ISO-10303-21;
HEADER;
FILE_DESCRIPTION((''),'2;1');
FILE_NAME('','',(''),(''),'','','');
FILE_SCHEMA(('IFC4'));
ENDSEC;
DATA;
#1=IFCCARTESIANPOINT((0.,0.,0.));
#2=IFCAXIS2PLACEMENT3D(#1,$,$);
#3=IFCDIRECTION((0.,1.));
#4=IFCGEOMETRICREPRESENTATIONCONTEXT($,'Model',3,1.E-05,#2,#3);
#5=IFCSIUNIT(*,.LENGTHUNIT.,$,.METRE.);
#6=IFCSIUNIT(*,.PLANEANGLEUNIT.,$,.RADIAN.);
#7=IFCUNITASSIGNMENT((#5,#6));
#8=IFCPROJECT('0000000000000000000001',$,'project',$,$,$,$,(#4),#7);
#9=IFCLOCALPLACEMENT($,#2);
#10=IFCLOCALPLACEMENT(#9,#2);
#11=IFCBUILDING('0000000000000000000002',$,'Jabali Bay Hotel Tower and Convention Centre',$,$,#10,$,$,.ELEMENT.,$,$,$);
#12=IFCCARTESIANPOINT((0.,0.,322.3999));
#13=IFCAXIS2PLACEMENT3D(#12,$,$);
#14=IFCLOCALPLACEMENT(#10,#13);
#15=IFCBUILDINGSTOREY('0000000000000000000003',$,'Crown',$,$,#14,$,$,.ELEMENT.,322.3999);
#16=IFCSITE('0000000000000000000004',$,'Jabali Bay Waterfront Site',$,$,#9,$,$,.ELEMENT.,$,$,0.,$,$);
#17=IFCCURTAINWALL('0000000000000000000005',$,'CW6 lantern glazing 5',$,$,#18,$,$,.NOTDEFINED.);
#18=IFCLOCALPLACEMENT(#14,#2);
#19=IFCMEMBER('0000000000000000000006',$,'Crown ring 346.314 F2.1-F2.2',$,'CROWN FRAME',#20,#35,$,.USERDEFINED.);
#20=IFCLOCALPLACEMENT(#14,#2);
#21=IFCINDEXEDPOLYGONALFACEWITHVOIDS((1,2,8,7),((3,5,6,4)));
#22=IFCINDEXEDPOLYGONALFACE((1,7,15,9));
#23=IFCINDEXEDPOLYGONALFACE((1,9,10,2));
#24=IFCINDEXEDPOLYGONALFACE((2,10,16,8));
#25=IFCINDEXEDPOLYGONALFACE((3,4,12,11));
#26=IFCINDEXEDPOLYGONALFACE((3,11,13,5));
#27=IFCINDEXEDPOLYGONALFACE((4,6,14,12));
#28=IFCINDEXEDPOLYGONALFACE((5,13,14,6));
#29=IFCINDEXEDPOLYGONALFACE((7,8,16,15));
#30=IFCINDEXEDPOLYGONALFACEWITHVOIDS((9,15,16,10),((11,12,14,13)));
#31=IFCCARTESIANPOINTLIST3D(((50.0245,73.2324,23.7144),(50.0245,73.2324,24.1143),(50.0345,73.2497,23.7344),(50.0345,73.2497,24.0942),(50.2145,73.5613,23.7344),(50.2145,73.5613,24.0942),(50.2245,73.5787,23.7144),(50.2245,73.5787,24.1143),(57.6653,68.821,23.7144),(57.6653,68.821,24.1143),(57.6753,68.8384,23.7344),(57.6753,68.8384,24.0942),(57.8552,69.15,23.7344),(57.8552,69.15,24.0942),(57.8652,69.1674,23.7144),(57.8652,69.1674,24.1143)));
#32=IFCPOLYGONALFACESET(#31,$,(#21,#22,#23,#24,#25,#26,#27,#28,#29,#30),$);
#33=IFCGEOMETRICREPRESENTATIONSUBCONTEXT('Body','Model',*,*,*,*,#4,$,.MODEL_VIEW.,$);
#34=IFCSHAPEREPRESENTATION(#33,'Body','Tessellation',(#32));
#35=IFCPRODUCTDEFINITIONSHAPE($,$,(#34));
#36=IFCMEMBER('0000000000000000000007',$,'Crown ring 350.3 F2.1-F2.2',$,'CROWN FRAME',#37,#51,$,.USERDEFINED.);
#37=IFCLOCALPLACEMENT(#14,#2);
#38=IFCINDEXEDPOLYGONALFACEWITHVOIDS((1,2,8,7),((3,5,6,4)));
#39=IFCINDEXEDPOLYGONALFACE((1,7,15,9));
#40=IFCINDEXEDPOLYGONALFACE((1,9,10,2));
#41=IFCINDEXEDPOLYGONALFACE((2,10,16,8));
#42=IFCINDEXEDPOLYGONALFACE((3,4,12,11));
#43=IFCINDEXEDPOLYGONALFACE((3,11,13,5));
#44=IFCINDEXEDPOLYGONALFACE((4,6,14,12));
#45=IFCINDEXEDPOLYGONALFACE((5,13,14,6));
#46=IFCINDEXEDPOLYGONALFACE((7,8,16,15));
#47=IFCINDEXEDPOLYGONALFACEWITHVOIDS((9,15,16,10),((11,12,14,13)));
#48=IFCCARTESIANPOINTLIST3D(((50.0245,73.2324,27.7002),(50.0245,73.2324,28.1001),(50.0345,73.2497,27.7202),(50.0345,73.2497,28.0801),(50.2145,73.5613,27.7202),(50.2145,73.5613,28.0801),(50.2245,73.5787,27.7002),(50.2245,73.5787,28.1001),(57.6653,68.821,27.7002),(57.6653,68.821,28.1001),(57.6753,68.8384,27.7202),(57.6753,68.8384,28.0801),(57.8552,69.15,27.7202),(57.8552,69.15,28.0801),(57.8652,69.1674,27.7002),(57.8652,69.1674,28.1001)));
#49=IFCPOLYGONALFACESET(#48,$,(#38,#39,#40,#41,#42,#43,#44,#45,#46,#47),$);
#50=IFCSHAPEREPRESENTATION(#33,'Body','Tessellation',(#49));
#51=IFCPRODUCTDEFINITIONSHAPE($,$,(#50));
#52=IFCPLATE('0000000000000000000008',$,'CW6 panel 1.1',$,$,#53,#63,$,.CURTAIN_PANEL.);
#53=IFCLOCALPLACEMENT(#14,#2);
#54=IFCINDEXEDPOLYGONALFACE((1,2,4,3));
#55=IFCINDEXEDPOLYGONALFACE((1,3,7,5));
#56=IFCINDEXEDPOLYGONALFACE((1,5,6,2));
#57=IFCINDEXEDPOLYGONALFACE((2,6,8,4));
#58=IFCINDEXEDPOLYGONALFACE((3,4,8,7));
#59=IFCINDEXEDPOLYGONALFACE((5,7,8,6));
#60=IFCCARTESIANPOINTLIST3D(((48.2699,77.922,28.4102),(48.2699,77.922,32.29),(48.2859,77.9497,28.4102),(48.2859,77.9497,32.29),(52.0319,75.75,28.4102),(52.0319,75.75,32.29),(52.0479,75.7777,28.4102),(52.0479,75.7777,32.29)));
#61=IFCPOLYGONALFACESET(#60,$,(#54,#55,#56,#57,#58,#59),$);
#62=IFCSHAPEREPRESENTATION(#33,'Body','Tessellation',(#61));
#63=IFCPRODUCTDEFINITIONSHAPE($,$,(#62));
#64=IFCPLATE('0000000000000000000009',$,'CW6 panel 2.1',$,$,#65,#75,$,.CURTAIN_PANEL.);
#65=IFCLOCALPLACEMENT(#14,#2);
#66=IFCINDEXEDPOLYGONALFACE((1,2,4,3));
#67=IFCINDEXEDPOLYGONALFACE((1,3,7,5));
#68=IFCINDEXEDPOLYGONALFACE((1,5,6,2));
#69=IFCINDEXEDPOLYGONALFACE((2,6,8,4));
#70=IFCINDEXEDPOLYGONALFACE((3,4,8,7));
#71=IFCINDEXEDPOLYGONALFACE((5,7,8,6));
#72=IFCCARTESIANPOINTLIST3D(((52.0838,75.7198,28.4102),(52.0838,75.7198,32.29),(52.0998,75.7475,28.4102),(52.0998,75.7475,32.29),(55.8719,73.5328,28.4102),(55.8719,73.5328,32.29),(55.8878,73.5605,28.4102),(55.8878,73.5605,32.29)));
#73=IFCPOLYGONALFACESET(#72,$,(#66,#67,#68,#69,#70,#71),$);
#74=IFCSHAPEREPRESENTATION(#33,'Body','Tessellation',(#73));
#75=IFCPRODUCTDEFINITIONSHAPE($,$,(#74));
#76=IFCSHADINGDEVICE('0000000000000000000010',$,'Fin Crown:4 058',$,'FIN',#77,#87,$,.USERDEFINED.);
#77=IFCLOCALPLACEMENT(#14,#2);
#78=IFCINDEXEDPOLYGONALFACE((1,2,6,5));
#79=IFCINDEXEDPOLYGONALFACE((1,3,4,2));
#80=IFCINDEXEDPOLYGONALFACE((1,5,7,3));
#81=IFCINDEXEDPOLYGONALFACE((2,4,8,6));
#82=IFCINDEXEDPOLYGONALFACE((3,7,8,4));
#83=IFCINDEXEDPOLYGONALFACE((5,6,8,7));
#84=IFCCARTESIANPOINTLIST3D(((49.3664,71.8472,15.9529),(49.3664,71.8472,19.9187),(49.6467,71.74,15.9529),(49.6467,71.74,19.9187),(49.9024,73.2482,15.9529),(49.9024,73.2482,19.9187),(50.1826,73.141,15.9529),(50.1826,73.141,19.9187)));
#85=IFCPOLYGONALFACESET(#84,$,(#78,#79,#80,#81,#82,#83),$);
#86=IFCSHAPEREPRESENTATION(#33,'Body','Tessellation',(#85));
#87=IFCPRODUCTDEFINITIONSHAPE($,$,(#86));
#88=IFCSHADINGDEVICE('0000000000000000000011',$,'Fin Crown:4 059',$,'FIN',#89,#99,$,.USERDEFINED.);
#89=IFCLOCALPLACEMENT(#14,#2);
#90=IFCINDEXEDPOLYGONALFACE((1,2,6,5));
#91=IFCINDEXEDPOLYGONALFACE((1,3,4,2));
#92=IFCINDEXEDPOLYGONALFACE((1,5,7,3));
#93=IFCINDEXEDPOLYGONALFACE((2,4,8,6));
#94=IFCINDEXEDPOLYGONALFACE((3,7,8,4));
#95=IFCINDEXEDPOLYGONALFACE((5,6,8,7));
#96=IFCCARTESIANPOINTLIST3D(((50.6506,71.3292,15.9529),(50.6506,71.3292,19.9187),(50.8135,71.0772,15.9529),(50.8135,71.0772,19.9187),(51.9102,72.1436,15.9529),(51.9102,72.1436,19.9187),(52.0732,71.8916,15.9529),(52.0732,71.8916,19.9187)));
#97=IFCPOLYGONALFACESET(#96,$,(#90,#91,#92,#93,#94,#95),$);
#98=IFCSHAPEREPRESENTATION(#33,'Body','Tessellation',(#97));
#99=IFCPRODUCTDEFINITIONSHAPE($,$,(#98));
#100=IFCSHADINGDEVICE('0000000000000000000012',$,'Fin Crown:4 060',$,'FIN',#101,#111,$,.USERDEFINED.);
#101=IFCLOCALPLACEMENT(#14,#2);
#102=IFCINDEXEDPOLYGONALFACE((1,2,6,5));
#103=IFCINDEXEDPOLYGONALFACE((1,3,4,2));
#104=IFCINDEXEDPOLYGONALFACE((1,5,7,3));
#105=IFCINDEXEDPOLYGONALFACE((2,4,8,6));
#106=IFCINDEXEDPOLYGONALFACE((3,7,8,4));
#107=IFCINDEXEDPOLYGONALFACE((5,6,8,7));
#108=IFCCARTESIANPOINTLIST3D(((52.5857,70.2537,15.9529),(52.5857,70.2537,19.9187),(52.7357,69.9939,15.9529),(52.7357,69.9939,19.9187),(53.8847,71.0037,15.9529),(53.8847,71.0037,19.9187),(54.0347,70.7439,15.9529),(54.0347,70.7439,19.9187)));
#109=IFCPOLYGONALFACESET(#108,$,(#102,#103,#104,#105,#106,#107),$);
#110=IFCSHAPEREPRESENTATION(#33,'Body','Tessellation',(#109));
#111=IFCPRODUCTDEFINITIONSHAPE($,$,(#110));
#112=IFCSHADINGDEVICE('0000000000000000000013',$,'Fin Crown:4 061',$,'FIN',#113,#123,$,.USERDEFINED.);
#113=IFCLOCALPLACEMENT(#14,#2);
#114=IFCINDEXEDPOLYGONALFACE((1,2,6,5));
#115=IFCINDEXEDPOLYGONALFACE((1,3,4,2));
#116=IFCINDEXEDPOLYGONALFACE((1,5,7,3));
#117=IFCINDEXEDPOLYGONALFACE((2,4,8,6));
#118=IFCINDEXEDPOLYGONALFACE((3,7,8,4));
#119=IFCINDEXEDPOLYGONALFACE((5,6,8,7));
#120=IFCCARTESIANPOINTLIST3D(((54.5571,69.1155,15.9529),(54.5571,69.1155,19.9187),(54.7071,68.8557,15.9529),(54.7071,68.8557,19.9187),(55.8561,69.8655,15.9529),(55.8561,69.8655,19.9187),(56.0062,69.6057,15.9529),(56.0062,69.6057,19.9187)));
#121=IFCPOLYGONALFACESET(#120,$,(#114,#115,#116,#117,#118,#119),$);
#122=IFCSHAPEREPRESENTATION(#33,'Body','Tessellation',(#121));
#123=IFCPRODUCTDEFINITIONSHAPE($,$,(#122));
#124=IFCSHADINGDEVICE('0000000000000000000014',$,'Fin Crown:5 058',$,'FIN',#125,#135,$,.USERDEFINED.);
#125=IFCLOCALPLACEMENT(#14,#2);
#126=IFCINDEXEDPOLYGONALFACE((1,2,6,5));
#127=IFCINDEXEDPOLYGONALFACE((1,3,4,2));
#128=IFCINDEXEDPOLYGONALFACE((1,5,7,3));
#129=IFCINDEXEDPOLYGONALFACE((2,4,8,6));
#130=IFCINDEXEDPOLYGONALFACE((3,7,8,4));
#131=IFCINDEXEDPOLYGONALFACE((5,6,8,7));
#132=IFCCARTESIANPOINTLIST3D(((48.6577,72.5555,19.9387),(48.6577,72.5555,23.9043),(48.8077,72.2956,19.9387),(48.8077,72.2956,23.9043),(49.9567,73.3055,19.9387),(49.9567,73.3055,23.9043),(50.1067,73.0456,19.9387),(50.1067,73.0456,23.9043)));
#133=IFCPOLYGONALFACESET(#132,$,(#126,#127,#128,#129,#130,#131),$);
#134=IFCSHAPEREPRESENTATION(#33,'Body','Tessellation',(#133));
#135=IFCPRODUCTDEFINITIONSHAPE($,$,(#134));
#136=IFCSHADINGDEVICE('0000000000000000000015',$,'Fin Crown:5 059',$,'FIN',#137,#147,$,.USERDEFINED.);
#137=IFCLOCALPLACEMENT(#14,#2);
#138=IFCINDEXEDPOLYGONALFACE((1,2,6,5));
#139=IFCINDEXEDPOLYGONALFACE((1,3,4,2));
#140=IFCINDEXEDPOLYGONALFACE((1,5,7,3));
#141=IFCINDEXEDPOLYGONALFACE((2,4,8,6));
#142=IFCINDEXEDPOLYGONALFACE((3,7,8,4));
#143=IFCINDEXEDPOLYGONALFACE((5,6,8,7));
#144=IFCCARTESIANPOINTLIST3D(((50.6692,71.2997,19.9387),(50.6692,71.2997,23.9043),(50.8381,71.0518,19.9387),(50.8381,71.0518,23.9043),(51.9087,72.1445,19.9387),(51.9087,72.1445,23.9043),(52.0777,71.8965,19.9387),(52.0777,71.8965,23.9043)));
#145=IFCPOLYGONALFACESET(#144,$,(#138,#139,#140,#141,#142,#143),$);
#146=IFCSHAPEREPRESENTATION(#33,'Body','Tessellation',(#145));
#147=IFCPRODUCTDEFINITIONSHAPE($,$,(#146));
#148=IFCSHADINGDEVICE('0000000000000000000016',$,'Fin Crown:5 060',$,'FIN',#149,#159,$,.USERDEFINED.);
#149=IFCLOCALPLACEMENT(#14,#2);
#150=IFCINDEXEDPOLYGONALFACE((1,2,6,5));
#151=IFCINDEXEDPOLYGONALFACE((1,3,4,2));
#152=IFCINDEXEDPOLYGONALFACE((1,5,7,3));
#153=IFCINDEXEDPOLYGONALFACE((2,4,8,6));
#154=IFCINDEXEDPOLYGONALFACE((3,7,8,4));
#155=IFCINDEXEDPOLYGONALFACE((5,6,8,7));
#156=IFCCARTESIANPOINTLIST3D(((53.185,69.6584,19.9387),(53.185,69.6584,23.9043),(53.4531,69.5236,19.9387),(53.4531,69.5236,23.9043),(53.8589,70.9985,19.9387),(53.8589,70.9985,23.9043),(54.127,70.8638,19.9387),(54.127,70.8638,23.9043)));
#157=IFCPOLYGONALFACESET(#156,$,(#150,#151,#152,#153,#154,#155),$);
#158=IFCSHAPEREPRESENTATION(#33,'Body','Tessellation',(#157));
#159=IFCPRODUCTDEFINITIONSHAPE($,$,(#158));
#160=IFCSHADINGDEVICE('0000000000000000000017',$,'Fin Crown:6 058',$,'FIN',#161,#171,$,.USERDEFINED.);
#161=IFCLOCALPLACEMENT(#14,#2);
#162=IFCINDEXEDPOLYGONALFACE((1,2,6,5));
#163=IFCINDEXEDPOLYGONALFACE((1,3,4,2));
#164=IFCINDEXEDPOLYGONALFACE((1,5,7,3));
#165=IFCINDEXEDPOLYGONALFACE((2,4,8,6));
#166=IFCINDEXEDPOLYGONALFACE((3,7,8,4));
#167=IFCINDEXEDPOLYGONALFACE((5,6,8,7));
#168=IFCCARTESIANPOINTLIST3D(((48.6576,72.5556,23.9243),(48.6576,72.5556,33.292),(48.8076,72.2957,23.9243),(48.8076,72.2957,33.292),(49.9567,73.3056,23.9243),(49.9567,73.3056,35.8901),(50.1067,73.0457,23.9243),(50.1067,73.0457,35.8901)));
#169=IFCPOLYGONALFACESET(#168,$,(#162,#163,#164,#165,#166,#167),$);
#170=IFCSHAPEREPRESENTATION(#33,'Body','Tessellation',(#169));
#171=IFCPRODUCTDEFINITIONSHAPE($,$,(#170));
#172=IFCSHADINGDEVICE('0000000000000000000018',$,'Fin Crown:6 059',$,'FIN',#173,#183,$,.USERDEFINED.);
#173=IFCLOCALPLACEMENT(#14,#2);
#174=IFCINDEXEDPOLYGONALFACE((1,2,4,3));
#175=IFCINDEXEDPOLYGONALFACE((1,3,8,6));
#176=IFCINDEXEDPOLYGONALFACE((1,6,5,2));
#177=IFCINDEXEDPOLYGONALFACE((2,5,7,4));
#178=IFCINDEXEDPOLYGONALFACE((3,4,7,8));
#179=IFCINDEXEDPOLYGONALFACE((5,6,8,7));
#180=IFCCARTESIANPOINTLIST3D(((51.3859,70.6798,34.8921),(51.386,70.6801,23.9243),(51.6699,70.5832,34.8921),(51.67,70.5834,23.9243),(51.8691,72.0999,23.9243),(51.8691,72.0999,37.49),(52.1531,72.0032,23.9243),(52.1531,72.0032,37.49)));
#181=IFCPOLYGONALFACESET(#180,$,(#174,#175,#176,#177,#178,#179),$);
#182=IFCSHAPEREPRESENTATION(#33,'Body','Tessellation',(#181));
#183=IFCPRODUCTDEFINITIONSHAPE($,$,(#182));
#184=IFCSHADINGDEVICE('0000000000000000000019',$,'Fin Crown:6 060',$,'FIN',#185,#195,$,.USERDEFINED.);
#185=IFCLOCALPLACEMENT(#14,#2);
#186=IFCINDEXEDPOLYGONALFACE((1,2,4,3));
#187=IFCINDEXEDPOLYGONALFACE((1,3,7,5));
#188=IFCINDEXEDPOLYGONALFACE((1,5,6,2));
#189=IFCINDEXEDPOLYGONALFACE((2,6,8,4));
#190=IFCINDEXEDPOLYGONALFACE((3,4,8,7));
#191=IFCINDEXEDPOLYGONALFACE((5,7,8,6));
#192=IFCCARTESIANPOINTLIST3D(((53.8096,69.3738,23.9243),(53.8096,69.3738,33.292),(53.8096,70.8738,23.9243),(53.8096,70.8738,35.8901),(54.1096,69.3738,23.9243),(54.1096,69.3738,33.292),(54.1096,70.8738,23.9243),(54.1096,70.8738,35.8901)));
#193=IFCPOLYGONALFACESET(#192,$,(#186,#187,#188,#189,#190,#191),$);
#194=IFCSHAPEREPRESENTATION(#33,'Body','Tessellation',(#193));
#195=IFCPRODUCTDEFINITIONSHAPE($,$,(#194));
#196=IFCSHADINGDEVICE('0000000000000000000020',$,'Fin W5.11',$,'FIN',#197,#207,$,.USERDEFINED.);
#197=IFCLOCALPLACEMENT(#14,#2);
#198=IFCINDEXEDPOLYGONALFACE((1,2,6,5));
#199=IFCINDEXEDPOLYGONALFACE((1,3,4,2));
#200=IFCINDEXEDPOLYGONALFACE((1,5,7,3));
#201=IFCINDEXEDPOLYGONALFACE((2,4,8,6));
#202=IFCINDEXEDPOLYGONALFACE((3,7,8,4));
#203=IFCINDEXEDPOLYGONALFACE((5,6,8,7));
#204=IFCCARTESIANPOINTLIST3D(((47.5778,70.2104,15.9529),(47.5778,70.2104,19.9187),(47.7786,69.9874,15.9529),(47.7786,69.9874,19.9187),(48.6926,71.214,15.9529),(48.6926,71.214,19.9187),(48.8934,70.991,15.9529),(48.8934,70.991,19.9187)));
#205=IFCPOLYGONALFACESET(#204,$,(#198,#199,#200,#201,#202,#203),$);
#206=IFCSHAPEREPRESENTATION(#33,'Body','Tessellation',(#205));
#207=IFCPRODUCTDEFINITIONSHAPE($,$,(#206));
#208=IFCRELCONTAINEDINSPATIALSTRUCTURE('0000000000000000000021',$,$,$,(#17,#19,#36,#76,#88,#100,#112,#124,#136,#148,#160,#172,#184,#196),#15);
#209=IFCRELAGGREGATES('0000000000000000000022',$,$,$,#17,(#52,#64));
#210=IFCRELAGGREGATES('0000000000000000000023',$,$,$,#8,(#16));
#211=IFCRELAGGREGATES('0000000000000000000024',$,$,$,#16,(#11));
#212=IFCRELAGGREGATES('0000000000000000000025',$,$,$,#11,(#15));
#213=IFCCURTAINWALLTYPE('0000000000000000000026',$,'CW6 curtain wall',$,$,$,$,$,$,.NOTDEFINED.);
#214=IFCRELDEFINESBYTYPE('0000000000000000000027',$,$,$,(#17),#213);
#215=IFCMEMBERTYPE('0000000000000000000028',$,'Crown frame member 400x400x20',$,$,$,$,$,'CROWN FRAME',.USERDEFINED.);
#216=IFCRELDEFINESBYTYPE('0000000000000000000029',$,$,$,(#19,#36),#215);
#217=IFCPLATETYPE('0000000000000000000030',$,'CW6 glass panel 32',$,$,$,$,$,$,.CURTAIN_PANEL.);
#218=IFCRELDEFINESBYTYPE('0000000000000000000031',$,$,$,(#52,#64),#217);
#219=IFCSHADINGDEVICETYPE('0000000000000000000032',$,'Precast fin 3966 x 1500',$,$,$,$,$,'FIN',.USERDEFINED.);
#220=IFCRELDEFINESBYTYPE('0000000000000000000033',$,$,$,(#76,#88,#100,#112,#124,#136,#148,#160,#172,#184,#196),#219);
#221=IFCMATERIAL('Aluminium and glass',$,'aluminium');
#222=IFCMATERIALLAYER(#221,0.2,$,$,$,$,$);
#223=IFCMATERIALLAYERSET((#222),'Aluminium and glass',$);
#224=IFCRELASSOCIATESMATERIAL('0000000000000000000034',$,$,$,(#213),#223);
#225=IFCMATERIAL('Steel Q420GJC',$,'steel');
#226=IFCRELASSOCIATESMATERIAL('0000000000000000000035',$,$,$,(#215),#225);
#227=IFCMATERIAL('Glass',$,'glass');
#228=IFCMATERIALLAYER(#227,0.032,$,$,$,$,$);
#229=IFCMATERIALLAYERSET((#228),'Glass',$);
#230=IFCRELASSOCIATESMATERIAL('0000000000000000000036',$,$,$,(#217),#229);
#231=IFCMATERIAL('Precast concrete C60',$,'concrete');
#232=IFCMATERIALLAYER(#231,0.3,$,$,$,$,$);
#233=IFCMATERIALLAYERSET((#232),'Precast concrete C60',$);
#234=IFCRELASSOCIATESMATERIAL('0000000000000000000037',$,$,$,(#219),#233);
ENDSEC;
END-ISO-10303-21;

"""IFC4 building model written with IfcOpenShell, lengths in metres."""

from ifc_helpers import new_model, si_unit, direction, frame, frame_2d, origin, origin_2d, place, context, subcontext, project, spatial, polyline, rectangle, hollow_rectangle, outline, extrude, material, layer, layer_set, material_profile, profile_set, type_object, element, aggregate, save


model = new_model("IFC4")

# Units and contexts
model_context = context("Model", 3, precision=1e-05, world=origin(), true_north=direction((0.0, 1.0)))
body_context = subcontext(model_context, "Body", "Model", "MODEL_VIEW")
ifc_project = project(units=[si_unit("LENGTHUNIT", "METRE"), si_unit("PLANEANGLEUNIT", "RADIAN")], contexts=[model_context])

# Site, building, storey
site_placement = place(None, origin())
site = spatial("IfcSite", under=ifc_project, at=site_placement, Name="Jabali Bay Waterfront Site", CompositionType="ELEMENT", RefElevation=0.0)
building_placement = place(site_placement, origin())
building = spatial("IfcBuilding", under=site, at=building_placement, Name="Jabali Bay Hotel Tower and Convention Centre", CompositionType="ELEMENT")
storey_placement = place(building_placement, frame((0.0, 0.0, 322.3999)))
storey = spatial("IfcBuildingStorey", under=building, at=storey_placement, Name="Crown", CompositionType="ELEMENT", Elevation=322.3999)

# Curtain wall
ifc_material_1 = material(Name="Aluminium and glass", Category="aluminium")
ifc_layer_1 = layer(ifc_material_1, 0.2)
ifc_layer_set_1 = layer_set([ifc_layer_1], Name="Aluminium and glass")
curtain_wall_type = type_object("IfcCurtainWallType", Name="CW6 curtain wall", PredefinedType="NOTDEFINED", material=ifc_layer_set_1)
curtain_wall_placement = place(storey_placement, origin())
curtain_wall = element("IfcCurtainWall", 1, at=curtain_wall_placement, inside=storey, type_object=curtain_wall_type, Name="CW6 lantern glazing 5", PredefinedType="NOTDEFINED")

# Members
ifc_material_2 = material(Name="Steel Q420GJC", Category="steel")
ifc_material_profile_1 = material_profile(ifc_material_2, hollow_rectangle(XDim=0.3999, YDim=0.3999, WallThickness=0.02, at=origin_2d()), Name="Crown frame member 400x400x20")
ifc_profile_set_1 = profile_set([ifc_material_profile_1], Name="Steel Q420GJC")
member_type_1 = type_object("IfcMemberType", Name="Crown frame member 400x400x20", ElementType="CROWN FRAME", PredefinedType="USERDEFINED", material=ifc_profile_set_1)
for number, where, z_axis, x_axis, name in (
    (2, (50.1245, 73.4055, 23.9143), (0.866029, -0.499993, 0.0), (0.499993, 0.866029, 0.0), "Crown ring 346.314 F2.1-F2.2"),
    (3, (50.1245, 73.4055, 27.9001), (0.866029, -0.499993, 0.0), (0.499993, 0.866029, 0.0), "Crown ring 350.3 F2.1-F2.2"),
):
    element("IfcMember", number, at=place(storey_placement, frame(where, z_axis=z_axis, x_axis=x_axis)), inside=storey, type_object=member_type_1, Name=name, ObjectType="CROWN FRAME", PredefinedType="USERDEFINED", context=body_context, shape_type="SweptSolid", body=[
        extrude(hollow_rectangle(XDim=0.3999, YDim=0.3999, WallThickness=0.02, at=origin_2d()), origin(), (0.0, 0.0, 1.0), 8.8228),
    ])

# Plates
ifc_material_3 = material(Name="Glass", Category="glass")
ifc_layer_2 = layer(ifc_material_3, 0.032)
ifc_layer_set_2 = layer_set([ifc_layer_2], Name="Glass")
plate_type = type_object("IfcPlateType", Name="CW6 glass panel 32", PredefinedType="CURTAIN_PANEL", material=ifc_layer_set_2)
plate_1_placement = place(storey_placement, frame((50.1589, 76.8499, 28.4102), z_axis=(0.0, 0.0, 1.0), x_axis=(0.866025, -0.5, 0.0)))
plate_1 = element("IfcPlate", 4, at=plate_1_placement, type_object=plate_type, Name="CW6 panel 1.1", PredefinedType="CURTAIN_PANEL", context=body_context, shape_type="SweptSolid", body=[
    extrude(rectangle(XDim=4.344, YDim=0.032, at=origin_2d()), origin(), (0.0, 0.0, 1.0), 3.8799),
])
plate_2_placement = place(storey_placement, frame((53.9858, 74.6401, 28.4102), z_axis=(0.0, 0.0, 1.0), x_axis=(0.866025, -0.5, 0.0)))
plate_2 = element("IfcPlate", 5, at=plate_2_placement, type_object=plate_type, Name="CW6 panel 2.1", PredefinedType="CURTAIN_PANEL", context=body_context, shape_type="SweptSolid", body=[
    extrude(rectangle(XDim=4.374, YDim=0.032, at=origin_2d()), origin(), (0.0, 0.0, 1.0), 3.8799),
])
aggregate(curtain_wall, [plate_1, plate_2])

# Shading devices
ifc_material_4 = material(Name="Precast concrete C60", Category="concrete")
ifc_layer_3 = layer(ifc_material_4, 0.3)
ifc_layer_set_3 = layer_set([ifc_layer_3], Name="Precast concrete C60")
shading_device_type = type_object("IfcShadingDeviceType", Name="Precast fin 3966 x 1500", ElementType="FIN", PredefinedType="USERDEFINED", material=ifc_layer_set_3)
for number, where, z_axis, x_axis, name in (
    (6, (50.0425, 73.1946, 15.9529), (0.0, 0.0, 1.0), (-0.357288, -0.933994, 0.0), "Fin Crown:4 058"),
    (7, (51.9917, 72.0176, 15.9529), (0.0, 0.0, 1.0), (-0.83978, -0.542927, 0.0), "Fin Crown:4 059"),
    (8, (53.9597, 70.8738, 15.9529), (0.0, 0.0, 1.0), (-0.866031, -0.49999, 0.0), "Fin Crown:4 060"),
    (9, (55.9312, 69.7356, 15.9529), (0.0, 0.0, 1.0), (-0.866031, -0.49999, 0.0), "Fin Crown:4 061"),
):
    element("IfcShadingDevice", number, at=place(storey_placement, frame(where, z_axis=z_axis, x_axis=x_axis)), inside=storey, type_object=shading_device_type, Name=name, ObjectType="FIN", PredefinedType="USERDEFINED", context=body_context, shape_type="SweptSolid", body=[
        extrude(rectangle(XDim=1.5, YDim=0.3, at=frame_2d((0.75, 0.0))), origin(), (0.0, 0.0, 1.0), 3.9658),
    ])
for number, where, z_axis, x_axis, name in (
    (10, (50.0317, 73.1755, 19.9387), (0.0, 0.0, 1.0), (-0.866031, -0.49999, 0.0), "Fin Crown:5 058"),
    (11, (51.9932, 72.0205, 19.9387), (0.0, 0.0, 1.0), (-0.826348, -0.56316, 0.0), "Fin Crown:5 059"),
    (12, (53.9929, 70.9312, 19.9387), (0.0, 0.0, 1.0), (-0.449231, -0.893416, 0.0), "Fin Crown:5 060"),
):
    element("IfcShadingDevice", number, at=place(storey_placement, frame(where, z_axis=z_axis, x_axis=x_axis)), inside=storey, type_object=shading_device_type, Name=name, ObjectType="FIN", PredefinedType="USERDEFINED", context=body_context, shape_type="SweptSolid", body=[
        extrude(rectangle(XDim=1.5, YDim=0.3, at=frame_2d((0.75, 0.0))), origin(), (0.0, 0.0, 1.0), 3.9656),
    ])
shading_device_1_placement = place(storey_placement, frame((50.0317, 73.1755, 23.9243), z_axis=(0.0, 0.0, 1.0), x_axis=(-0.866031, -0.49999, 0.0)))
element("IfcShadingDevice", 13, at=shading_device_1_placement, inside=storey, type_object=shading_device_type, Name="Fin Crown:6 058", ObjectType="FIN", PredefinedType="USERDEFINED", context=body_context, shape_type="SweptSolid", body=[
    extrude(outline(polyline([(0.0, 0.0), (1.5, 0.0), (1.5, 9.3677), (0.0, 11.9658), (0.0, 0.0)])), frame((0.0, 0.1499, 0.0), z_axis=(0.0, -1.0, 0.0), x_axis=(1.0, 0.0, 0.0)), (0.0, 0.0, 1.0), 0.3),
])
shading_device_2_placement = place(storey_placement, frame((52.0112, 72.0515, 23.9243), z_axis=(0.0, 0.0, 1.0), x_axis=(-0.32213, -0.946695, 0.0)))
element("IfcShadingDevice", 14, at=shading_device_2_placement, inside=storey, type_object=shading_device_type, Name="Fin Crown:6 059", ObjectType="FIN", PredefinedType="USERDEFINED", context=body_context, shape_type="SweptSolid", body=[
    extrude(outline(polyline([(0.0, 0.0), (1.4998, 0.0), (1.5, 10.9678), (0.0, 13.5657), (0.0, 0.0)])), frame((0.0, 0.1499, 0.0), z_axis=(0.0, -1.0, 0.0), x_axis=(1.0, 0.0, 0.0)), (0.0, 0.0, 1.0), 0.3),
])
shading_device_3_placement = place(storey_placement, frame((53.9597, 70.8738, 23.9243), z_axis=(0.0, 0.0, 1.0), x_axis=(0.0, -1.0, 0.0)))
element("IfcShadingDevice", 15, at=shading_device_3_placement, inside=storey, type_object=shading_device_type, Name="Fin Crown:6 060", ObjectType="FIN", PredefinedType="USERDEFINED", context=body_context, shape_type="SweptSolid", body=[
    extrude(outline(polyline([(0.0, 0.0), (1.5, 0.0), (1.5, 9.3677), (0.0, 11.9658), (0.0, 0.0)])), frame((0.0, 0.1499, 0.0), z_axis=(0.0, -1.0, 0.0), x_axis=(1.0, 0.0, 0.0)), (0.0, 0.0, 1.0), 0.3),
])
shading_device_4_placement = place(storey_placement, frame((48.793, 71.1025, 15.9529), z_axis=(0.0, 0.0, 1.0), x_axis=(-0.743165, -0.669109, 0.0)))
element("IfcShadingDevice", 16, at=shading_device_4_placement, inside=storey, type_object=shading_device_type, Name="Fin W5.11", ObjectType="FIN", PredefinedType="USERDEFINED", context=body_context, shape_type="SweptSolid", body=[
    extrude(rectangle(XDim=1.5, YDim=0.3, at=frame_2d((0.75, 0.0))), origin(), (0.0, 0.0, 1.0), 3.9658),
])

save(model, "model.ifc")
